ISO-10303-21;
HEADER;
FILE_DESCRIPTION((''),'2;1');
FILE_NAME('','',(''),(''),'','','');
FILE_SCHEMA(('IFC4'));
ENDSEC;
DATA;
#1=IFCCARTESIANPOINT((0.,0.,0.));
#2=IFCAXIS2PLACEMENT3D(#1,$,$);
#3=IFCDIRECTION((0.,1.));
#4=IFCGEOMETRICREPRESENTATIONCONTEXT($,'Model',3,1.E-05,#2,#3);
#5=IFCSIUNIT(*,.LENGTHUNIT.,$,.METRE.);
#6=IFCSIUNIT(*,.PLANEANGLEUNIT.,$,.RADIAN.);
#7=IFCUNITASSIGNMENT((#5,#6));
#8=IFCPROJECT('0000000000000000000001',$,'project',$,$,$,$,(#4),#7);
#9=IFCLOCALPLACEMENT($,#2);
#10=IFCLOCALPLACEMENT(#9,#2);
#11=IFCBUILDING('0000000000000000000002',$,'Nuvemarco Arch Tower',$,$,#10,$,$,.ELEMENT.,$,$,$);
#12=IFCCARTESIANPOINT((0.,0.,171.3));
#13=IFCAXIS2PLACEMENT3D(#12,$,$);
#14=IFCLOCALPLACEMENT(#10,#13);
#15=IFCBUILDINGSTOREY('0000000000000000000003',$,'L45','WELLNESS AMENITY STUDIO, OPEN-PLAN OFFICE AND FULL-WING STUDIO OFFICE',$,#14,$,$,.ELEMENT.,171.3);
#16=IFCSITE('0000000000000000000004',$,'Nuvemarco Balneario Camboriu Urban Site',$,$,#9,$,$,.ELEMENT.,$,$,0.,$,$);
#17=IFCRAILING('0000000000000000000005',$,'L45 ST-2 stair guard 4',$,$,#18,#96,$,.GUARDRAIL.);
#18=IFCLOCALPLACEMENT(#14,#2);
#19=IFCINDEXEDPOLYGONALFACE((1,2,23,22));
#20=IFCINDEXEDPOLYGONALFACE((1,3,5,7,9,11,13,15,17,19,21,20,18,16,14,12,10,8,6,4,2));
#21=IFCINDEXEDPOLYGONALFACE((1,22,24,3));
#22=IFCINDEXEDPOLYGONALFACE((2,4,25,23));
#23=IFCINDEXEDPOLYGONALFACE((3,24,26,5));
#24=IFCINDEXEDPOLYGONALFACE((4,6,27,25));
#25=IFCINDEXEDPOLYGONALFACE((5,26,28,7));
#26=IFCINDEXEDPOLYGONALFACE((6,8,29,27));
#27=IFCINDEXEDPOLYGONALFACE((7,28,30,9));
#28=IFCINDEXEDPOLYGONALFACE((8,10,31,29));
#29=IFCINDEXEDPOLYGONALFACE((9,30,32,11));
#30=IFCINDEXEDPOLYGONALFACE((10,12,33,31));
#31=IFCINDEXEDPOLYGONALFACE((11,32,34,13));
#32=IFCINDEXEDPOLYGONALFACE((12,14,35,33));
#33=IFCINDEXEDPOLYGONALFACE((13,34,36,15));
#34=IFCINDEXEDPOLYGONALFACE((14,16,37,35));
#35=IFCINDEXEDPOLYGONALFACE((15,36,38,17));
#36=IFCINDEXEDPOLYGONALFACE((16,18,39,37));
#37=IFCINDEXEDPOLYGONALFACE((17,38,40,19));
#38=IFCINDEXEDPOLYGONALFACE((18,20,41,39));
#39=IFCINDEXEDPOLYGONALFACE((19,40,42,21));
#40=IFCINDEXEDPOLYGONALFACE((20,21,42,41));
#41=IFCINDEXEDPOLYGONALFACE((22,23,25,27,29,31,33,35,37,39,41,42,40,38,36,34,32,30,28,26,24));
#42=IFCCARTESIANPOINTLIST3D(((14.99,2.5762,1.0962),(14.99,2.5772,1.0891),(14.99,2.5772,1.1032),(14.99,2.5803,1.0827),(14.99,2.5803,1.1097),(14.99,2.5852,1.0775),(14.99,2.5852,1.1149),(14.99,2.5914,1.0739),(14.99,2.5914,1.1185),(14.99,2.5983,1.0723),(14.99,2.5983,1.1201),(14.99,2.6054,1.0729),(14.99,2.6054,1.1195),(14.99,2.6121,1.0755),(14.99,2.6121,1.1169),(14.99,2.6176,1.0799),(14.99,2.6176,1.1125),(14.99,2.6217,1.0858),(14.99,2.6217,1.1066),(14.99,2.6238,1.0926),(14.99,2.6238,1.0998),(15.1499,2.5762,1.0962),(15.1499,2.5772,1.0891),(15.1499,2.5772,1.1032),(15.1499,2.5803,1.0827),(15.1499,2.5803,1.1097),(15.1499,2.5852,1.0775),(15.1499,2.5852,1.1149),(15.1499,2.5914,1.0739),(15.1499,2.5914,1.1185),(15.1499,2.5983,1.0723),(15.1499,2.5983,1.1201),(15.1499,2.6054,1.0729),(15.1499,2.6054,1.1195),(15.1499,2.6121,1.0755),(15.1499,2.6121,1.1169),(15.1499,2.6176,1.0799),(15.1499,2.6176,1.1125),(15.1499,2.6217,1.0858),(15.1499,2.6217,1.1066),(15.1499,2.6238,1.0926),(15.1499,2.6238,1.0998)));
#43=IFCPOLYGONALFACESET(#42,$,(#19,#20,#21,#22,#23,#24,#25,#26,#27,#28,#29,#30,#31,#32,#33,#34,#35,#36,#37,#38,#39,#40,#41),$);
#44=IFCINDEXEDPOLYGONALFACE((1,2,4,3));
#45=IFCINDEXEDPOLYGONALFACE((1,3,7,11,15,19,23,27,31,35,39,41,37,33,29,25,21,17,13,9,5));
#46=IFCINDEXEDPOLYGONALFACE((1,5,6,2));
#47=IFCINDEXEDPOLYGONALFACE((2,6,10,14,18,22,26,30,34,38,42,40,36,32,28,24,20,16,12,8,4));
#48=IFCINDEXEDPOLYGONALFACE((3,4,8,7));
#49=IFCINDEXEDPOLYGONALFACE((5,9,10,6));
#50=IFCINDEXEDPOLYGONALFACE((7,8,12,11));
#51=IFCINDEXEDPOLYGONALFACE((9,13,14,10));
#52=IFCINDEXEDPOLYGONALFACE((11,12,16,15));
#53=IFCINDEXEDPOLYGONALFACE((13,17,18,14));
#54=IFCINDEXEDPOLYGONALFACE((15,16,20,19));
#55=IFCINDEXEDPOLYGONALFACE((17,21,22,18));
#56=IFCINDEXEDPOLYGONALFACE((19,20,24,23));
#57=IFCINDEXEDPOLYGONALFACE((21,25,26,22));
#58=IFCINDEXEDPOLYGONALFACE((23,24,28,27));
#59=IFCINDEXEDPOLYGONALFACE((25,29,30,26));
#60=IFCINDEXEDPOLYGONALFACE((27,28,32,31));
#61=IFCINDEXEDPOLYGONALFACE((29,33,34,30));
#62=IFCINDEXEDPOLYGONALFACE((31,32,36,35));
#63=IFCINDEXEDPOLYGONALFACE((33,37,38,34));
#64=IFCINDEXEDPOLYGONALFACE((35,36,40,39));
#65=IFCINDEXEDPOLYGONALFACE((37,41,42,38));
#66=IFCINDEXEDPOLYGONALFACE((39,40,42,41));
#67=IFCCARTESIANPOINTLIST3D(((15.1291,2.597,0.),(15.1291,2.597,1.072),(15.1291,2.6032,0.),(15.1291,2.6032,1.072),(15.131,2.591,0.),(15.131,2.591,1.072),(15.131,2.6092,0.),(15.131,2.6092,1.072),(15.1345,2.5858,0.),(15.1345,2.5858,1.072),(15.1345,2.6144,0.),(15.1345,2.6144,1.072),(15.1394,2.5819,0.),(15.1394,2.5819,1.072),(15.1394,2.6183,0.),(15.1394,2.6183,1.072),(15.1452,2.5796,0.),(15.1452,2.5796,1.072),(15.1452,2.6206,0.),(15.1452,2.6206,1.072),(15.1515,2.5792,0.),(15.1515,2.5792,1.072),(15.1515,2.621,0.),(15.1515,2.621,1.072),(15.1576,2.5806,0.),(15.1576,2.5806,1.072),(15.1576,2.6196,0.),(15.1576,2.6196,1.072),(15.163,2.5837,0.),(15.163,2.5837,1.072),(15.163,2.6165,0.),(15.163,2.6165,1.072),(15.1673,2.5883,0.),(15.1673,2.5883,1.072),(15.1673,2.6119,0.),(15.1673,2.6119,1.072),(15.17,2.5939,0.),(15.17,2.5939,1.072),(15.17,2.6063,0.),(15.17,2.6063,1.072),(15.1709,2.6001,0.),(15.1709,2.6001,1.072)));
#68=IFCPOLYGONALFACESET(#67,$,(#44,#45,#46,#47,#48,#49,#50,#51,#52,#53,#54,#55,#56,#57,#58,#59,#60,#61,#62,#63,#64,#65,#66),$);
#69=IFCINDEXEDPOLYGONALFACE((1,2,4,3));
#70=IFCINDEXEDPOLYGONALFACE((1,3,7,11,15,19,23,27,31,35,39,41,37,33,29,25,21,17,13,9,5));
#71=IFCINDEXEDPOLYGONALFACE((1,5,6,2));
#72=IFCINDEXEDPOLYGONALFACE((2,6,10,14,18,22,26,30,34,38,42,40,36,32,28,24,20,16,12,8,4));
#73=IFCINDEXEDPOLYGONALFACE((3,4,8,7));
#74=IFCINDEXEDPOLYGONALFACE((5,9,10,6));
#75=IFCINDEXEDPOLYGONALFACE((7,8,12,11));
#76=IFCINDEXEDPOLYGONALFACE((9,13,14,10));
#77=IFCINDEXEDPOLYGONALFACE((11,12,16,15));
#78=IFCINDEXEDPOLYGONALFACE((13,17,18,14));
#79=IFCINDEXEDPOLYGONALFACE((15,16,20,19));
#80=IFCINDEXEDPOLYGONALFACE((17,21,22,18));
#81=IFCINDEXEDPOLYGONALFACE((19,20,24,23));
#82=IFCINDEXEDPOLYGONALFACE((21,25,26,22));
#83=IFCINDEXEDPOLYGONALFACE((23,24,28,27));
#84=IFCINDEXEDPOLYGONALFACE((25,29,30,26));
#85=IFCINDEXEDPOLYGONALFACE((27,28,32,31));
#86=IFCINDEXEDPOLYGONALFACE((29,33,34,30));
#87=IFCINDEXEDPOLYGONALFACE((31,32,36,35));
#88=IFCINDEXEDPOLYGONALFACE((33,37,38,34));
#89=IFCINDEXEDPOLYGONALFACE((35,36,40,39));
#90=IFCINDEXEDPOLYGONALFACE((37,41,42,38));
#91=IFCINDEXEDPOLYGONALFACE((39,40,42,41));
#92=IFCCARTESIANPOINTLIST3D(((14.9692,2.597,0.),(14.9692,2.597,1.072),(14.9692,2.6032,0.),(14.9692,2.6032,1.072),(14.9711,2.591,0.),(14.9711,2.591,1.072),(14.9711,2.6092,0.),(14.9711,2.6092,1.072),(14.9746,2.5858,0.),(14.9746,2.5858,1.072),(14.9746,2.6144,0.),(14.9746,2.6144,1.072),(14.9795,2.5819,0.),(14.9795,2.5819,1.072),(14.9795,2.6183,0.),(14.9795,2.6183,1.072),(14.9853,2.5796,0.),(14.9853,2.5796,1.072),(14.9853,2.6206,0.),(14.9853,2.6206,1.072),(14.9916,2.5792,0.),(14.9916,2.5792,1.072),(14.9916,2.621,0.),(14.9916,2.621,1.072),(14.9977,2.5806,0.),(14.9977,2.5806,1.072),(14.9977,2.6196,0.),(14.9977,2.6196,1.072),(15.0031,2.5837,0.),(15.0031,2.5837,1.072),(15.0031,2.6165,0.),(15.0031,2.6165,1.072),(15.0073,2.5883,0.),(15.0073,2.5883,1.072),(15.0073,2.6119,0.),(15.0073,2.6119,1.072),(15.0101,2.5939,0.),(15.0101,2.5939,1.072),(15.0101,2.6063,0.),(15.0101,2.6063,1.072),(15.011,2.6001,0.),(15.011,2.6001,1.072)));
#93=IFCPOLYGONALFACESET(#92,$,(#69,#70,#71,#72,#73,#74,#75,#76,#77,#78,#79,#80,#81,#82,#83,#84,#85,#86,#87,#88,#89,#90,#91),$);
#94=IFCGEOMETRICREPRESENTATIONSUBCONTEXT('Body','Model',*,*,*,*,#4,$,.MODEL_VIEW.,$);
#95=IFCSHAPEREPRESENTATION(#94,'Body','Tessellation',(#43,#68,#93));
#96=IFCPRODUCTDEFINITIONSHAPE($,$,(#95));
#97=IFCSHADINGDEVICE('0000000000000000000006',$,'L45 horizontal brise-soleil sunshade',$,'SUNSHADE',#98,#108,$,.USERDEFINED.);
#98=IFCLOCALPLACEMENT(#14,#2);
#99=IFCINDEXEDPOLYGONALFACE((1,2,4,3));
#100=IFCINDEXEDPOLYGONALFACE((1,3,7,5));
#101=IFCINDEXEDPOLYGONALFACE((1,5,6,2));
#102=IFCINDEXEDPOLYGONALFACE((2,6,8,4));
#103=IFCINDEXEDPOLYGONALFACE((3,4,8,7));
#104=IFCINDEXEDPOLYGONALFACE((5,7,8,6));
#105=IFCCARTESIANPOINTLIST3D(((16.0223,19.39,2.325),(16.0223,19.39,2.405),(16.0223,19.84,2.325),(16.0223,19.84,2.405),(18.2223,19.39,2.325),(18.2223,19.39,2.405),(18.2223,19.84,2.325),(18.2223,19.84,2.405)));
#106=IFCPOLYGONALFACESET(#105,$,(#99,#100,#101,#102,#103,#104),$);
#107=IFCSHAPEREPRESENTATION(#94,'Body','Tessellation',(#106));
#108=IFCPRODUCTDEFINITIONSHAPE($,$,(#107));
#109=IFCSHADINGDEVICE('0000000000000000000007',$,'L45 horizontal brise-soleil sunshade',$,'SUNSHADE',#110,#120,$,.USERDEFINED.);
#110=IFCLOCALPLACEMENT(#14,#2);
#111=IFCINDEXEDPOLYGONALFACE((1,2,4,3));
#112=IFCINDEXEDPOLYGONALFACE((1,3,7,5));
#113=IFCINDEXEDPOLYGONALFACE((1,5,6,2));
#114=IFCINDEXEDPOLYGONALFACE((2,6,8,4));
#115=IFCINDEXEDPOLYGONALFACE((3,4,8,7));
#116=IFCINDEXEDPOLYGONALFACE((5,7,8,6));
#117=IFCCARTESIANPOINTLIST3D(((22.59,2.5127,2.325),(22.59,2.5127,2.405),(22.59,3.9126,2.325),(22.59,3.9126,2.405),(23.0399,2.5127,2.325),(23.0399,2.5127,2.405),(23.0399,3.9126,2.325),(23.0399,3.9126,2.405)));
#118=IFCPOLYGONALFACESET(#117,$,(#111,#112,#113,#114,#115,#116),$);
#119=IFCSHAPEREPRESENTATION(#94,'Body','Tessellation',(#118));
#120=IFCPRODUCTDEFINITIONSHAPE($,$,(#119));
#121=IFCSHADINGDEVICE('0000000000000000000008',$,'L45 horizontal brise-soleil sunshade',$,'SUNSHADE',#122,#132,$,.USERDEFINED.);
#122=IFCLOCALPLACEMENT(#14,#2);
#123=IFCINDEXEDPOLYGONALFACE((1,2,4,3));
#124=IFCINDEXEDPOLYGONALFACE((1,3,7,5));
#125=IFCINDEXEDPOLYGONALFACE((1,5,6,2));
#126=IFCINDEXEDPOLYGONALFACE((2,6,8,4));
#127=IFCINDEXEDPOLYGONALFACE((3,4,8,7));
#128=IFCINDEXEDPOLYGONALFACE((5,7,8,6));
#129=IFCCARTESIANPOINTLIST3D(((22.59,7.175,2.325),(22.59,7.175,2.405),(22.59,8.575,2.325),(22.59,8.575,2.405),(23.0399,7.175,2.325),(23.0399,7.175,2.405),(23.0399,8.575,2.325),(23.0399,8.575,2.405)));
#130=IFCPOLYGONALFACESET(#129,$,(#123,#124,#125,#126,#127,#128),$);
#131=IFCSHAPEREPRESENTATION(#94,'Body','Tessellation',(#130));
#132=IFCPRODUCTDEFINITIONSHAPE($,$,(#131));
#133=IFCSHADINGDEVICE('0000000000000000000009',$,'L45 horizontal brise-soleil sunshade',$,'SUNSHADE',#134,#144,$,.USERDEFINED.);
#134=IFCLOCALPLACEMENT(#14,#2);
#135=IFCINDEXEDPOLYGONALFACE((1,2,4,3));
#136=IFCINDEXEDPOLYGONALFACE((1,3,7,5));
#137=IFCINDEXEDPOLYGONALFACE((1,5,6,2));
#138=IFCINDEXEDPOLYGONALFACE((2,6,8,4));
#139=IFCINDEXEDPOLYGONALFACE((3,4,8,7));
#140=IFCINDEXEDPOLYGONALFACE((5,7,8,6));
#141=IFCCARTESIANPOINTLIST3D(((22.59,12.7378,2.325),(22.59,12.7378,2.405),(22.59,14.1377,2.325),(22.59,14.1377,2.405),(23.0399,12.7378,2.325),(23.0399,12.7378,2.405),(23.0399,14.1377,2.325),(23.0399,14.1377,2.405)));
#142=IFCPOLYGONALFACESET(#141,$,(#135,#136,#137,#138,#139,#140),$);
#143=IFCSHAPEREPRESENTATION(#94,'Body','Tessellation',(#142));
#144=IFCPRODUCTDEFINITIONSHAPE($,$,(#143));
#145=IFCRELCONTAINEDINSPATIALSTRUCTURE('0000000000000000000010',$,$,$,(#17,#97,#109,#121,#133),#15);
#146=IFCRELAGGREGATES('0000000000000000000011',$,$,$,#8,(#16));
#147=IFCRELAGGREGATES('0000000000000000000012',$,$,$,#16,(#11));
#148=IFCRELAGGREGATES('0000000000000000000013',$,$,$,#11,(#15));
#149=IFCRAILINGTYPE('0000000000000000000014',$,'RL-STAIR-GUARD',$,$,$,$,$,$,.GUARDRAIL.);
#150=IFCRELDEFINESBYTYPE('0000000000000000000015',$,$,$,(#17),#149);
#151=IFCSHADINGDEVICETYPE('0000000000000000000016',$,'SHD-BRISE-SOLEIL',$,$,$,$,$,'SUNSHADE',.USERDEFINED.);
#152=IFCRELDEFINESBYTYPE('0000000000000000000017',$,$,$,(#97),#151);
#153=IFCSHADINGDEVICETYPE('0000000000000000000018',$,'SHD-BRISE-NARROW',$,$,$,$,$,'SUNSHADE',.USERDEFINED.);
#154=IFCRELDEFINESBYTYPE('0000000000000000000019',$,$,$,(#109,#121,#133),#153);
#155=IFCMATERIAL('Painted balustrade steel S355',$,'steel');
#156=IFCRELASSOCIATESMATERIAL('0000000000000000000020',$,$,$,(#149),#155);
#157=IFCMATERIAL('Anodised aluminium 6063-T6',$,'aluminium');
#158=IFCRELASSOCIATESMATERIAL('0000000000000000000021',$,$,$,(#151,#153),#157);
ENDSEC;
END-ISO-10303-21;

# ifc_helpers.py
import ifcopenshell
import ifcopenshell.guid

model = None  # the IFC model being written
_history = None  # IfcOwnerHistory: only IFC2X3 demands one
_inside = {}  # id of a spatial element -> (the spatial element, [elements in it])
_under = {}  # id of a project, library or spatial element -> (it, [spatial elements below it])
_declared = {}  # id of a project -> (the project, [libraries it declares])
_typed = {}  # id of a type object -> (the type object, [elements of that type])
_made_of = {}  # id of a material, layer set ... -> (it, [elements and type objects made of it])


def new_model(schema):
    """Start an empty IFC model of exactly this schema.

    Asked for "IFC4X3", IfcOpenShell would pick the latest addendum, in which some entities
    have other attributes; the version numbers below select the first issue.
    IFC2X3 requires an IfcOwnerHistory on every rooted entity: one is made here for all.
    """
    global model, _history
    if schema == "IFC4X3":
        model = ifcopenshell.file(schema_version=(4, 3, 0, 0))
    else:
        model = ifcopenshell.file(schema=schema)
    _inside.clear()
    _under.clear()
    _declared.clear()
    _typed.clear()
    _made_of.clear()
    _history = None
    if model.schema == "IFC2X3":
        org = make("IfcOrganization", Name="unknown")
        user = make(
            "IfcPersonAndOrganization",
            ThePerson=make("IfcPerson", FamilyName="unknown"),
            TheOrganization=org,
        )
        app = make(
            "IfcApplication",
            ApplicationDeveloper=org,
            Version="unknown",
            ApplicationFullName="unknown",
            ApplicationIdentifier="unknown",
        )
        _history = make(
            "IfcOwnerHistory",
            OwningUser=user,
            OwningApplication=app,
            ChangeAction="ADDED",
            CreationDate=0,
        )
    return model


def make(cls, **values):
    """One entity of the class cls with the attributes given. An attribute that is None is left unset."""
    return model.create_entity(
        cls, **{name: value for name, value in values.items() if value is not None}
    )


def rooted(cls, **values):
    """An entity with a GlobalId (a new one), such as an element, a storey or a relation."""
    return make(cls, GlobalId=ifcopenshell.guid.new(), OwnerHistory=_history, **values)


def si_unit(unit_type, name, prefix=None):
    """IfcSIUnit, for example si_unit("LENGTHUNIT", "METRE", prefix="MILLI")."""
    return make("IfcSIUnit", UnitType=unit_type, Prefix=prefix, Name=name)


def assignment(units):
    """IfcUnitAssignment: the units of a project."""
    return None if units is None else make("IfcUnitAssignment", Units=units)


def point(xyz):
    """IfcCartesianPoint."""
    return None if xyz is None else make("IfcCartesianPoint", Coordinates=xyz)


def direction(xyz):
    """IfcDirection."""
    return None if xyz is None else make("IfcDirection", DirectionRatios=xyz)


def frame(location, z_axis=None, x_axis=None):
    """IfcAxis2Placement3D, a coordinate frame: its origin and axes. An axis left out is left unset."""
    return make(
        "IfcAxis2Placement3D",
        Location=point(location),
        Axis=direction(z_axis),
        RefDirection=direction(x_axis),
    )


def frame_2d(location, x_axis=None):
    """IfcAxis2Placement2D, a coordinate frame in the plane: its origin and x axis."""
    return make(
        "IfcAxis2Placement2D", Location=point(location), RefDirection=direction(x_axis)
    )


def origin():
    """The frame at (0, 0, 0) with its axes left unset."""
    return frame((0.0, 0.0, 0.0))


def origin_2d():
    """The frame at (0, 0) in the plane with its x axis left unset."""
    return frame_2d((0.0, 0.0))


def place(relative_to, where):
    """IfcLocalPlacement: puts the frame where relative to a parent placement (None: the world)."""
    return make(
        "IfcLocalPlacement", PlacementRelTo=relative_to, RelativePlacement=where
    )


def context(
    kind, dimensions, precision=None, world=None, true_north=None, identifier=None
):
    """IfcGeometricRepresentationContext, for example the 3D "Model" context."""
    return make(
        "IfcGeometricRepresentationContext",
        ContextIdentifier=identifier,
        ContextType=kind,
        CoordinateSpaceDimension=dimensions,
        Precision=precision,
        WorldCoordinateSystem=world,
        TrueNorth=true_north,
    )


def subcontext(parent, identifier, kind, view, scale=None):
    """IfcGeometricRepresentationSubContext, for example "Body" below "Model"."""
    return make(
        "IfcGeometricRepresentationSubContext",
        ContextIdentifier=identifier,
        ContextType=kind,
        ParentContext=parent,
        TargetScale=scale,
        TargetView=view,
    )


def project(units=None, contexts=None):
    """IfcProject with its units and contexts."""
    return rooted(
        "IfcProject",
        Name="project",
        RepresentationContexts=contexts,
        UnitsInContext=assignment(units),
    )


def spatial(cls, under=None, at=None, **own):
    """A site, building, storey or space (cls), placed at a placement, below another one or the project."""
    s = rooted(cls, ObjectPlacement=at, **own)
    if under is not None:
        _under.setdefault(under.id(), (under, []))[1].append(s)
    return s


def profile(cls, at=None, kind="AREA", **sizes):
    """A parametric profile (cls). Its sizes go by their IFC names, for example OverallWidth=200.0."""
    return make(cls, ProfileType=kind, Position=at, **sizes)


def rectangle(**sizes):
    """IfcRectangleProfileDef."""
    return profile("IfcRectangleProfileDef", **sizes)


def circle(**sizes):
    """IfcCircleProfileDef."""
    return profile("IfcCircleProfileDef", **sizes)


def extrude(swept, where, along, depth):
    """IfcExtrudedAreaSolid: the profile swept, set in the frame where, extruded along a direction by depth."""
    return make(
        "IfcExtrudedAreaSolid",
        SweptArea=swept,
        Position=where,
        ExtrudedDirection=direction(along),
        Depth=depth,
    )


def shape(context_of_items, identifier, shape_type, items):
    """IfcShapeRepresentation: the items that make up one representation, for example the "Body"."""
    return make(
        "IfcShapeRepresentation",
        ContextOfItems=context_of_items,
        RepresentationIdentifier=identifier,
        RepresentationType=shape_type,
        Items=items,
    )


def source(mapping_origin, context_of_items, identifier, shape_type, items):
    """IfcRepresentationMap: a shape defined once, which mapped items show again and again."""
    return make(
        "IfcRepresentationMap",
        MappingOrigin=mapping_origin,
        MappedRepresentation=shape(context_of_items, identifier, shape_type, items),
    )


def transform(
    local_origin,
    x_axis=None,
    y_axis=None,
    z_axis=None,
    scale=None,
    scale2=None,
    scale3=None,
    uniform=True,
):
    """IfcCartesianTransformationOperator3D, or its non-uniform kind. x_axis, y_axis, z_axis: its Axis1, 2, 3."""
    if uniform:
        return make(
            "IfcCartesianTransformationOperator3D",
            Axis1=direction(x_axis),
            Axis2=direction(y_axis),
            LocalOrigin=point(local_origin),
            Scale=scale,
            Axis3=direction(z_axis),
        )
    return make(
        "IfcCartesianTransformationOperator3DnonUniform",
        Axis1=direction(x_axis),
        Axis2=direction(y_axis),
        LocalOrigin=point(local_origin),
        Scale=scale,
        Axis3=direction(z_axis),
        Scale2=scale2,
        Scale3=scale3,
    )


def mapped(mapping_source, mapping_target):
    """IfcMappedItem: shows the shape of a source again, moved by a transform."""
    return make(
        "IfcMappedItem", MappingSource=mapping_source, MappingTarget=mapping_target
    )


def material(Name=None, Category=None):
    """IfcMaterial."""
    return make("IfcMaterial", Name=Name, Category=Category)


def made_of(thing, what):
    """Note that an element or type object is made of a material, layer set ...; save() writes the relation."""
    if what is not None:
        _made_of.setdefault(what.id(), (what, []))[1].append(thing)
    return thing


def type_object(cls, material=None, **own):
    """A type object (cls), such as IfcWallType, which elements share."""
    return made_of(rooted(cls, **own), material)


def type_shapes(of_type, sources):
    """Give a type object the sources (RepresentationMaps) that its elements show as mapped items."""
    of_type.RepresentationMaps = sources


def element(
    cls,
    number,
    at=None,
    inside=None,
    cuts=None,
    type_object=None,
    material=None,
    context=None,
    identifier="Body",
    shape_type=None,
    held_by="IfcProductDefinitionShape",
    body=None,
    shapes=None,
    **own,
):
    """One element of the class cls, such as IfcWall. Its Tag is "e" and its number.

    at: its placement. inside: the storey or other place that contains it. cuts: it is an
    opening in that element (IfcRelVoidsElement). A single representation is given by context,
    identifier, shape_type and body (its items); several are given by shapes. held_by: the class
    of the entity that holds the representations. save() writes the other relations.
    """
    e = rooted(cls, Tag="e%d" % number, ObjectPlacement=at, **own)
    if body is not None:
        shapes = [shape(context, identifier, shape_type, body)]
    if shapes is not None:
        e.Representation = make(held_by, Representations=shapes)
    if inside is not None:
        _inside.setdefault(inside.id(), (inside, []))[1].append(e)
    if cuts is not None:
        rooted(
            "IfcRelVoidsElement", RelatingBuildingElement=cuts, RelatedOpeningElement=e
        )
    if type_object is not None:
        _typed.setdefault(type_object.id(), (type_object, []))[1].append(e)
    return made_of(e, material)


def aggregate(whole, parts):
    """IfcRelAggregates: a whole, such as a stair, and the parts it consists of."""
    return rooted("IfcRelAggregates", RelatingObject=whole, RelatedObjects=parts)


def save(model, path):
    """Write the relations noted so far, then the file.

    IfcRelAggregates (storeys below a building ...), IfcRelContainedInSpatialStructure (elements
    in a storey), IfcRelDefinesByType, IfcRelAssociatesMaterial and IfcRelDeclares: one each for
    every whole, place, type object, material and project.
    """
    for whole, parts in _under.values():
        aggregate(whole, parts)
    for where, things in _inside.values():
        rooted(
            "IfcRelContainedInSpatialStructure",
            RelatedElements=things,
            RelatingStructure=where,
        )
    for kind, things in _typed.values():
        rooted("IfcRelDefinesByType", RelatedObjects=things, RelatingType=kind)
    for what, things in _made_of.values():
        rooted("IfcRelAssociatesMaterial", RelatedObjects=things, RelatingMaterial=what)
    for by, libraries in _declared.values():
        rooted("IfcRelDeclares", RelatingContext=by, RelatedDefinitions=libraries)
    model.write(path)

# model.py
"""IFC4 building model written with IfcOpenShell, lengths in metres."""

from ifc_helpers import new_model, si_unit, direction, frame, origin, origin_2d, place, context, subcontext, project, spatial, rectangle, circle, extrude, source, transform, mapped, material, type_object, type_shapes, element, save


model = new_model("IFC4")

# Units and contexts
model_context = context("Model", 3, precision=1e-05, world=origin(), true_north=direction((0.0, 1.0)))
body_context = subcontext(model_context, "Body", "Model", "MODEL_VIEW")
ifc_project = project(units=[si_unit("LENGTHUNIT", "METRE"), si_unit("PLANEANGLEUNIT", "RADIAN")], contexts=[model_context])

# Site, building, storey
site_placement = place(None, origin())
site = spatial("IfcSite", under=ifc_project, at=site_placement, Name="Nuvemarco Balneario Camboriu Urban Site", CompositionType="ELEMENT", RefElevation=0.0)
building_placement = place(site_placement, origin())
building = spatial("IfcBuilding", under=site, at=building_placement, Name="Nuvemarco Arch Tower", CompositionType="ELEMENT")
storey_placement = place(building_placement, frame((0.0, 0.0, 171.3)))
storey = spatial("IfcBuildingStorey", under=building, at=storey_placement, Name="L45", Description="WELLNESS AMENITY STUDIO, OPEN-PLAN OFFICE AND FULL-WING STUDIO OFFICE", CompositionType="ELEMENT", Elevation=171.3)

# Railing
ifc_material_1 = material(Name="Painted balustrade steel S355", Category="steel")
railing_type_1 = type_object("IfcRailingType", Name="RL-STAIR-GUARD", PredefinedType="GUARDRAIL", material=ifc_material_1)
railing_1_placement = place(storey_placement, frame((15.1499, 2.6001, 0.0)))
element("IfcRailing", 1, at=railing_1_placement, inside=storey, type_object=railing_type_1, Name="L45 ST-2 stair guard 4", PredefinedType="GUARDRAIL", context=body_context, shape_type="SweptSolid", body=[
    extrude(circle(Radius=0.0239, at=origin_2d()), frame((0.0, 0.0, 1.0962), z_axis=(-1.0, 0.0, 0.0), x_axis=(0.0, -1.0, 0.0)), (0.0, 0.0, 1.0), 0.1599),
    extrude(circle(Radius=0.021, at=origin_2d()), origin(), (0.0, 0.0, 1.0), 1.072),
    extrude(circle(Radius=0.021, at=origin_2d()), frame((-0.1599, 0.0, 0.0)), (0.0, 0.0, 1.0), 1.072),
])

# Shading devices
ifc_material_2 = material(Name="Anodised aluminium 6063-T6", Category="aluminium")
shading_device_type_1 = type_object("IfcShadingDeviceType", Name="SHD-BRISE-SOLEIL", ElementType="SUNSHADE", PredefinedType="USERDEFINED", material=ifc_material_2)
shared_shape_1 = source(origin(), body_context, "Body", "SweptSolid", [
    extrude(rectangle(XDim=2.2, YDim=0.45, at=origin_2d()), origin(), (0.0, 0.0, 1.0), 0.0801),
])
type_shapes(shading_device_type_1, [shared_shape_1])
shading_device_placement = place(storey_placement, frame((17.1223, 19.615, 2.325), z_axis=(0.0, 0.0, 1.0), x_axis=(1.0, 0.0, 0.0)))
element("IfcShadingDevice", 2, at=shading_device_placement, inside=storey, type_object=shading_device_type_1, Name="L45 horizontal brise-soleil sunshade", ObjectType="SUNSHADE", PredefinedType="USERDEFINED", context=body_context, shape_type="MappedRepresentation", body=[
    mapped(shared_shape_1, transform((0.0, 0.0, 0.0), scale=1.0)),
])
shading_device_type_2 = type_object("IfcShadingDeviceType", Name="SHD-BRISE-NARROW", ElementType="SUNSHADE", PredefinedType="USERDEFINED", material=ifc_material_2)
shared_shape_2 = source(origin(), body_context, "Body", "SweptSolid", [
    extrude(rectangle(XDim=1.3999, YDim=0.45, at=origin_2d()), origin(), (0.0, 0.0, 1.0), 0.0801),
])
type_shapes(shading_device_type_2, [shared_shape_2])
for number, where, z_axis, x_axis, name in (
    (3, (22.8149, 3.2126, 2.325), (0.0, 0.0, 1.0), (0.0, 1.0, 0.0), "L45 horizontal brise-soleil sunshade"),
    (4, (22.8149, 7.875, 2.325), (0.0, 0.0, 1.0), (0.0, 1.0, 0.0), "L45 horizontal brise-soleil sunshade"),
    (5, (22.8149, 13.4377, 2.325), (0.0, 0.0, 1.0), (0.0, 1.0, 0.0), "L45 horizontal brise-soleil sunshade"),
):
    element("IfcShadingDevice", number, at=place(storey_placement, frame(where, z_axis=z_axis, x_axis=x_axis)), inside=storey, type_object=shading_device_type_2, Name=name, ObjectType="SUNSHADE", PredefinedType="USERDEFINED", context=body_context, shape_type="MappedRepresentation", body=[
        mapped(shared_shape_2, transform((0.0, 0.0, 0.0), scale=1.0)),
    ])

save(model, "model.ifc")
